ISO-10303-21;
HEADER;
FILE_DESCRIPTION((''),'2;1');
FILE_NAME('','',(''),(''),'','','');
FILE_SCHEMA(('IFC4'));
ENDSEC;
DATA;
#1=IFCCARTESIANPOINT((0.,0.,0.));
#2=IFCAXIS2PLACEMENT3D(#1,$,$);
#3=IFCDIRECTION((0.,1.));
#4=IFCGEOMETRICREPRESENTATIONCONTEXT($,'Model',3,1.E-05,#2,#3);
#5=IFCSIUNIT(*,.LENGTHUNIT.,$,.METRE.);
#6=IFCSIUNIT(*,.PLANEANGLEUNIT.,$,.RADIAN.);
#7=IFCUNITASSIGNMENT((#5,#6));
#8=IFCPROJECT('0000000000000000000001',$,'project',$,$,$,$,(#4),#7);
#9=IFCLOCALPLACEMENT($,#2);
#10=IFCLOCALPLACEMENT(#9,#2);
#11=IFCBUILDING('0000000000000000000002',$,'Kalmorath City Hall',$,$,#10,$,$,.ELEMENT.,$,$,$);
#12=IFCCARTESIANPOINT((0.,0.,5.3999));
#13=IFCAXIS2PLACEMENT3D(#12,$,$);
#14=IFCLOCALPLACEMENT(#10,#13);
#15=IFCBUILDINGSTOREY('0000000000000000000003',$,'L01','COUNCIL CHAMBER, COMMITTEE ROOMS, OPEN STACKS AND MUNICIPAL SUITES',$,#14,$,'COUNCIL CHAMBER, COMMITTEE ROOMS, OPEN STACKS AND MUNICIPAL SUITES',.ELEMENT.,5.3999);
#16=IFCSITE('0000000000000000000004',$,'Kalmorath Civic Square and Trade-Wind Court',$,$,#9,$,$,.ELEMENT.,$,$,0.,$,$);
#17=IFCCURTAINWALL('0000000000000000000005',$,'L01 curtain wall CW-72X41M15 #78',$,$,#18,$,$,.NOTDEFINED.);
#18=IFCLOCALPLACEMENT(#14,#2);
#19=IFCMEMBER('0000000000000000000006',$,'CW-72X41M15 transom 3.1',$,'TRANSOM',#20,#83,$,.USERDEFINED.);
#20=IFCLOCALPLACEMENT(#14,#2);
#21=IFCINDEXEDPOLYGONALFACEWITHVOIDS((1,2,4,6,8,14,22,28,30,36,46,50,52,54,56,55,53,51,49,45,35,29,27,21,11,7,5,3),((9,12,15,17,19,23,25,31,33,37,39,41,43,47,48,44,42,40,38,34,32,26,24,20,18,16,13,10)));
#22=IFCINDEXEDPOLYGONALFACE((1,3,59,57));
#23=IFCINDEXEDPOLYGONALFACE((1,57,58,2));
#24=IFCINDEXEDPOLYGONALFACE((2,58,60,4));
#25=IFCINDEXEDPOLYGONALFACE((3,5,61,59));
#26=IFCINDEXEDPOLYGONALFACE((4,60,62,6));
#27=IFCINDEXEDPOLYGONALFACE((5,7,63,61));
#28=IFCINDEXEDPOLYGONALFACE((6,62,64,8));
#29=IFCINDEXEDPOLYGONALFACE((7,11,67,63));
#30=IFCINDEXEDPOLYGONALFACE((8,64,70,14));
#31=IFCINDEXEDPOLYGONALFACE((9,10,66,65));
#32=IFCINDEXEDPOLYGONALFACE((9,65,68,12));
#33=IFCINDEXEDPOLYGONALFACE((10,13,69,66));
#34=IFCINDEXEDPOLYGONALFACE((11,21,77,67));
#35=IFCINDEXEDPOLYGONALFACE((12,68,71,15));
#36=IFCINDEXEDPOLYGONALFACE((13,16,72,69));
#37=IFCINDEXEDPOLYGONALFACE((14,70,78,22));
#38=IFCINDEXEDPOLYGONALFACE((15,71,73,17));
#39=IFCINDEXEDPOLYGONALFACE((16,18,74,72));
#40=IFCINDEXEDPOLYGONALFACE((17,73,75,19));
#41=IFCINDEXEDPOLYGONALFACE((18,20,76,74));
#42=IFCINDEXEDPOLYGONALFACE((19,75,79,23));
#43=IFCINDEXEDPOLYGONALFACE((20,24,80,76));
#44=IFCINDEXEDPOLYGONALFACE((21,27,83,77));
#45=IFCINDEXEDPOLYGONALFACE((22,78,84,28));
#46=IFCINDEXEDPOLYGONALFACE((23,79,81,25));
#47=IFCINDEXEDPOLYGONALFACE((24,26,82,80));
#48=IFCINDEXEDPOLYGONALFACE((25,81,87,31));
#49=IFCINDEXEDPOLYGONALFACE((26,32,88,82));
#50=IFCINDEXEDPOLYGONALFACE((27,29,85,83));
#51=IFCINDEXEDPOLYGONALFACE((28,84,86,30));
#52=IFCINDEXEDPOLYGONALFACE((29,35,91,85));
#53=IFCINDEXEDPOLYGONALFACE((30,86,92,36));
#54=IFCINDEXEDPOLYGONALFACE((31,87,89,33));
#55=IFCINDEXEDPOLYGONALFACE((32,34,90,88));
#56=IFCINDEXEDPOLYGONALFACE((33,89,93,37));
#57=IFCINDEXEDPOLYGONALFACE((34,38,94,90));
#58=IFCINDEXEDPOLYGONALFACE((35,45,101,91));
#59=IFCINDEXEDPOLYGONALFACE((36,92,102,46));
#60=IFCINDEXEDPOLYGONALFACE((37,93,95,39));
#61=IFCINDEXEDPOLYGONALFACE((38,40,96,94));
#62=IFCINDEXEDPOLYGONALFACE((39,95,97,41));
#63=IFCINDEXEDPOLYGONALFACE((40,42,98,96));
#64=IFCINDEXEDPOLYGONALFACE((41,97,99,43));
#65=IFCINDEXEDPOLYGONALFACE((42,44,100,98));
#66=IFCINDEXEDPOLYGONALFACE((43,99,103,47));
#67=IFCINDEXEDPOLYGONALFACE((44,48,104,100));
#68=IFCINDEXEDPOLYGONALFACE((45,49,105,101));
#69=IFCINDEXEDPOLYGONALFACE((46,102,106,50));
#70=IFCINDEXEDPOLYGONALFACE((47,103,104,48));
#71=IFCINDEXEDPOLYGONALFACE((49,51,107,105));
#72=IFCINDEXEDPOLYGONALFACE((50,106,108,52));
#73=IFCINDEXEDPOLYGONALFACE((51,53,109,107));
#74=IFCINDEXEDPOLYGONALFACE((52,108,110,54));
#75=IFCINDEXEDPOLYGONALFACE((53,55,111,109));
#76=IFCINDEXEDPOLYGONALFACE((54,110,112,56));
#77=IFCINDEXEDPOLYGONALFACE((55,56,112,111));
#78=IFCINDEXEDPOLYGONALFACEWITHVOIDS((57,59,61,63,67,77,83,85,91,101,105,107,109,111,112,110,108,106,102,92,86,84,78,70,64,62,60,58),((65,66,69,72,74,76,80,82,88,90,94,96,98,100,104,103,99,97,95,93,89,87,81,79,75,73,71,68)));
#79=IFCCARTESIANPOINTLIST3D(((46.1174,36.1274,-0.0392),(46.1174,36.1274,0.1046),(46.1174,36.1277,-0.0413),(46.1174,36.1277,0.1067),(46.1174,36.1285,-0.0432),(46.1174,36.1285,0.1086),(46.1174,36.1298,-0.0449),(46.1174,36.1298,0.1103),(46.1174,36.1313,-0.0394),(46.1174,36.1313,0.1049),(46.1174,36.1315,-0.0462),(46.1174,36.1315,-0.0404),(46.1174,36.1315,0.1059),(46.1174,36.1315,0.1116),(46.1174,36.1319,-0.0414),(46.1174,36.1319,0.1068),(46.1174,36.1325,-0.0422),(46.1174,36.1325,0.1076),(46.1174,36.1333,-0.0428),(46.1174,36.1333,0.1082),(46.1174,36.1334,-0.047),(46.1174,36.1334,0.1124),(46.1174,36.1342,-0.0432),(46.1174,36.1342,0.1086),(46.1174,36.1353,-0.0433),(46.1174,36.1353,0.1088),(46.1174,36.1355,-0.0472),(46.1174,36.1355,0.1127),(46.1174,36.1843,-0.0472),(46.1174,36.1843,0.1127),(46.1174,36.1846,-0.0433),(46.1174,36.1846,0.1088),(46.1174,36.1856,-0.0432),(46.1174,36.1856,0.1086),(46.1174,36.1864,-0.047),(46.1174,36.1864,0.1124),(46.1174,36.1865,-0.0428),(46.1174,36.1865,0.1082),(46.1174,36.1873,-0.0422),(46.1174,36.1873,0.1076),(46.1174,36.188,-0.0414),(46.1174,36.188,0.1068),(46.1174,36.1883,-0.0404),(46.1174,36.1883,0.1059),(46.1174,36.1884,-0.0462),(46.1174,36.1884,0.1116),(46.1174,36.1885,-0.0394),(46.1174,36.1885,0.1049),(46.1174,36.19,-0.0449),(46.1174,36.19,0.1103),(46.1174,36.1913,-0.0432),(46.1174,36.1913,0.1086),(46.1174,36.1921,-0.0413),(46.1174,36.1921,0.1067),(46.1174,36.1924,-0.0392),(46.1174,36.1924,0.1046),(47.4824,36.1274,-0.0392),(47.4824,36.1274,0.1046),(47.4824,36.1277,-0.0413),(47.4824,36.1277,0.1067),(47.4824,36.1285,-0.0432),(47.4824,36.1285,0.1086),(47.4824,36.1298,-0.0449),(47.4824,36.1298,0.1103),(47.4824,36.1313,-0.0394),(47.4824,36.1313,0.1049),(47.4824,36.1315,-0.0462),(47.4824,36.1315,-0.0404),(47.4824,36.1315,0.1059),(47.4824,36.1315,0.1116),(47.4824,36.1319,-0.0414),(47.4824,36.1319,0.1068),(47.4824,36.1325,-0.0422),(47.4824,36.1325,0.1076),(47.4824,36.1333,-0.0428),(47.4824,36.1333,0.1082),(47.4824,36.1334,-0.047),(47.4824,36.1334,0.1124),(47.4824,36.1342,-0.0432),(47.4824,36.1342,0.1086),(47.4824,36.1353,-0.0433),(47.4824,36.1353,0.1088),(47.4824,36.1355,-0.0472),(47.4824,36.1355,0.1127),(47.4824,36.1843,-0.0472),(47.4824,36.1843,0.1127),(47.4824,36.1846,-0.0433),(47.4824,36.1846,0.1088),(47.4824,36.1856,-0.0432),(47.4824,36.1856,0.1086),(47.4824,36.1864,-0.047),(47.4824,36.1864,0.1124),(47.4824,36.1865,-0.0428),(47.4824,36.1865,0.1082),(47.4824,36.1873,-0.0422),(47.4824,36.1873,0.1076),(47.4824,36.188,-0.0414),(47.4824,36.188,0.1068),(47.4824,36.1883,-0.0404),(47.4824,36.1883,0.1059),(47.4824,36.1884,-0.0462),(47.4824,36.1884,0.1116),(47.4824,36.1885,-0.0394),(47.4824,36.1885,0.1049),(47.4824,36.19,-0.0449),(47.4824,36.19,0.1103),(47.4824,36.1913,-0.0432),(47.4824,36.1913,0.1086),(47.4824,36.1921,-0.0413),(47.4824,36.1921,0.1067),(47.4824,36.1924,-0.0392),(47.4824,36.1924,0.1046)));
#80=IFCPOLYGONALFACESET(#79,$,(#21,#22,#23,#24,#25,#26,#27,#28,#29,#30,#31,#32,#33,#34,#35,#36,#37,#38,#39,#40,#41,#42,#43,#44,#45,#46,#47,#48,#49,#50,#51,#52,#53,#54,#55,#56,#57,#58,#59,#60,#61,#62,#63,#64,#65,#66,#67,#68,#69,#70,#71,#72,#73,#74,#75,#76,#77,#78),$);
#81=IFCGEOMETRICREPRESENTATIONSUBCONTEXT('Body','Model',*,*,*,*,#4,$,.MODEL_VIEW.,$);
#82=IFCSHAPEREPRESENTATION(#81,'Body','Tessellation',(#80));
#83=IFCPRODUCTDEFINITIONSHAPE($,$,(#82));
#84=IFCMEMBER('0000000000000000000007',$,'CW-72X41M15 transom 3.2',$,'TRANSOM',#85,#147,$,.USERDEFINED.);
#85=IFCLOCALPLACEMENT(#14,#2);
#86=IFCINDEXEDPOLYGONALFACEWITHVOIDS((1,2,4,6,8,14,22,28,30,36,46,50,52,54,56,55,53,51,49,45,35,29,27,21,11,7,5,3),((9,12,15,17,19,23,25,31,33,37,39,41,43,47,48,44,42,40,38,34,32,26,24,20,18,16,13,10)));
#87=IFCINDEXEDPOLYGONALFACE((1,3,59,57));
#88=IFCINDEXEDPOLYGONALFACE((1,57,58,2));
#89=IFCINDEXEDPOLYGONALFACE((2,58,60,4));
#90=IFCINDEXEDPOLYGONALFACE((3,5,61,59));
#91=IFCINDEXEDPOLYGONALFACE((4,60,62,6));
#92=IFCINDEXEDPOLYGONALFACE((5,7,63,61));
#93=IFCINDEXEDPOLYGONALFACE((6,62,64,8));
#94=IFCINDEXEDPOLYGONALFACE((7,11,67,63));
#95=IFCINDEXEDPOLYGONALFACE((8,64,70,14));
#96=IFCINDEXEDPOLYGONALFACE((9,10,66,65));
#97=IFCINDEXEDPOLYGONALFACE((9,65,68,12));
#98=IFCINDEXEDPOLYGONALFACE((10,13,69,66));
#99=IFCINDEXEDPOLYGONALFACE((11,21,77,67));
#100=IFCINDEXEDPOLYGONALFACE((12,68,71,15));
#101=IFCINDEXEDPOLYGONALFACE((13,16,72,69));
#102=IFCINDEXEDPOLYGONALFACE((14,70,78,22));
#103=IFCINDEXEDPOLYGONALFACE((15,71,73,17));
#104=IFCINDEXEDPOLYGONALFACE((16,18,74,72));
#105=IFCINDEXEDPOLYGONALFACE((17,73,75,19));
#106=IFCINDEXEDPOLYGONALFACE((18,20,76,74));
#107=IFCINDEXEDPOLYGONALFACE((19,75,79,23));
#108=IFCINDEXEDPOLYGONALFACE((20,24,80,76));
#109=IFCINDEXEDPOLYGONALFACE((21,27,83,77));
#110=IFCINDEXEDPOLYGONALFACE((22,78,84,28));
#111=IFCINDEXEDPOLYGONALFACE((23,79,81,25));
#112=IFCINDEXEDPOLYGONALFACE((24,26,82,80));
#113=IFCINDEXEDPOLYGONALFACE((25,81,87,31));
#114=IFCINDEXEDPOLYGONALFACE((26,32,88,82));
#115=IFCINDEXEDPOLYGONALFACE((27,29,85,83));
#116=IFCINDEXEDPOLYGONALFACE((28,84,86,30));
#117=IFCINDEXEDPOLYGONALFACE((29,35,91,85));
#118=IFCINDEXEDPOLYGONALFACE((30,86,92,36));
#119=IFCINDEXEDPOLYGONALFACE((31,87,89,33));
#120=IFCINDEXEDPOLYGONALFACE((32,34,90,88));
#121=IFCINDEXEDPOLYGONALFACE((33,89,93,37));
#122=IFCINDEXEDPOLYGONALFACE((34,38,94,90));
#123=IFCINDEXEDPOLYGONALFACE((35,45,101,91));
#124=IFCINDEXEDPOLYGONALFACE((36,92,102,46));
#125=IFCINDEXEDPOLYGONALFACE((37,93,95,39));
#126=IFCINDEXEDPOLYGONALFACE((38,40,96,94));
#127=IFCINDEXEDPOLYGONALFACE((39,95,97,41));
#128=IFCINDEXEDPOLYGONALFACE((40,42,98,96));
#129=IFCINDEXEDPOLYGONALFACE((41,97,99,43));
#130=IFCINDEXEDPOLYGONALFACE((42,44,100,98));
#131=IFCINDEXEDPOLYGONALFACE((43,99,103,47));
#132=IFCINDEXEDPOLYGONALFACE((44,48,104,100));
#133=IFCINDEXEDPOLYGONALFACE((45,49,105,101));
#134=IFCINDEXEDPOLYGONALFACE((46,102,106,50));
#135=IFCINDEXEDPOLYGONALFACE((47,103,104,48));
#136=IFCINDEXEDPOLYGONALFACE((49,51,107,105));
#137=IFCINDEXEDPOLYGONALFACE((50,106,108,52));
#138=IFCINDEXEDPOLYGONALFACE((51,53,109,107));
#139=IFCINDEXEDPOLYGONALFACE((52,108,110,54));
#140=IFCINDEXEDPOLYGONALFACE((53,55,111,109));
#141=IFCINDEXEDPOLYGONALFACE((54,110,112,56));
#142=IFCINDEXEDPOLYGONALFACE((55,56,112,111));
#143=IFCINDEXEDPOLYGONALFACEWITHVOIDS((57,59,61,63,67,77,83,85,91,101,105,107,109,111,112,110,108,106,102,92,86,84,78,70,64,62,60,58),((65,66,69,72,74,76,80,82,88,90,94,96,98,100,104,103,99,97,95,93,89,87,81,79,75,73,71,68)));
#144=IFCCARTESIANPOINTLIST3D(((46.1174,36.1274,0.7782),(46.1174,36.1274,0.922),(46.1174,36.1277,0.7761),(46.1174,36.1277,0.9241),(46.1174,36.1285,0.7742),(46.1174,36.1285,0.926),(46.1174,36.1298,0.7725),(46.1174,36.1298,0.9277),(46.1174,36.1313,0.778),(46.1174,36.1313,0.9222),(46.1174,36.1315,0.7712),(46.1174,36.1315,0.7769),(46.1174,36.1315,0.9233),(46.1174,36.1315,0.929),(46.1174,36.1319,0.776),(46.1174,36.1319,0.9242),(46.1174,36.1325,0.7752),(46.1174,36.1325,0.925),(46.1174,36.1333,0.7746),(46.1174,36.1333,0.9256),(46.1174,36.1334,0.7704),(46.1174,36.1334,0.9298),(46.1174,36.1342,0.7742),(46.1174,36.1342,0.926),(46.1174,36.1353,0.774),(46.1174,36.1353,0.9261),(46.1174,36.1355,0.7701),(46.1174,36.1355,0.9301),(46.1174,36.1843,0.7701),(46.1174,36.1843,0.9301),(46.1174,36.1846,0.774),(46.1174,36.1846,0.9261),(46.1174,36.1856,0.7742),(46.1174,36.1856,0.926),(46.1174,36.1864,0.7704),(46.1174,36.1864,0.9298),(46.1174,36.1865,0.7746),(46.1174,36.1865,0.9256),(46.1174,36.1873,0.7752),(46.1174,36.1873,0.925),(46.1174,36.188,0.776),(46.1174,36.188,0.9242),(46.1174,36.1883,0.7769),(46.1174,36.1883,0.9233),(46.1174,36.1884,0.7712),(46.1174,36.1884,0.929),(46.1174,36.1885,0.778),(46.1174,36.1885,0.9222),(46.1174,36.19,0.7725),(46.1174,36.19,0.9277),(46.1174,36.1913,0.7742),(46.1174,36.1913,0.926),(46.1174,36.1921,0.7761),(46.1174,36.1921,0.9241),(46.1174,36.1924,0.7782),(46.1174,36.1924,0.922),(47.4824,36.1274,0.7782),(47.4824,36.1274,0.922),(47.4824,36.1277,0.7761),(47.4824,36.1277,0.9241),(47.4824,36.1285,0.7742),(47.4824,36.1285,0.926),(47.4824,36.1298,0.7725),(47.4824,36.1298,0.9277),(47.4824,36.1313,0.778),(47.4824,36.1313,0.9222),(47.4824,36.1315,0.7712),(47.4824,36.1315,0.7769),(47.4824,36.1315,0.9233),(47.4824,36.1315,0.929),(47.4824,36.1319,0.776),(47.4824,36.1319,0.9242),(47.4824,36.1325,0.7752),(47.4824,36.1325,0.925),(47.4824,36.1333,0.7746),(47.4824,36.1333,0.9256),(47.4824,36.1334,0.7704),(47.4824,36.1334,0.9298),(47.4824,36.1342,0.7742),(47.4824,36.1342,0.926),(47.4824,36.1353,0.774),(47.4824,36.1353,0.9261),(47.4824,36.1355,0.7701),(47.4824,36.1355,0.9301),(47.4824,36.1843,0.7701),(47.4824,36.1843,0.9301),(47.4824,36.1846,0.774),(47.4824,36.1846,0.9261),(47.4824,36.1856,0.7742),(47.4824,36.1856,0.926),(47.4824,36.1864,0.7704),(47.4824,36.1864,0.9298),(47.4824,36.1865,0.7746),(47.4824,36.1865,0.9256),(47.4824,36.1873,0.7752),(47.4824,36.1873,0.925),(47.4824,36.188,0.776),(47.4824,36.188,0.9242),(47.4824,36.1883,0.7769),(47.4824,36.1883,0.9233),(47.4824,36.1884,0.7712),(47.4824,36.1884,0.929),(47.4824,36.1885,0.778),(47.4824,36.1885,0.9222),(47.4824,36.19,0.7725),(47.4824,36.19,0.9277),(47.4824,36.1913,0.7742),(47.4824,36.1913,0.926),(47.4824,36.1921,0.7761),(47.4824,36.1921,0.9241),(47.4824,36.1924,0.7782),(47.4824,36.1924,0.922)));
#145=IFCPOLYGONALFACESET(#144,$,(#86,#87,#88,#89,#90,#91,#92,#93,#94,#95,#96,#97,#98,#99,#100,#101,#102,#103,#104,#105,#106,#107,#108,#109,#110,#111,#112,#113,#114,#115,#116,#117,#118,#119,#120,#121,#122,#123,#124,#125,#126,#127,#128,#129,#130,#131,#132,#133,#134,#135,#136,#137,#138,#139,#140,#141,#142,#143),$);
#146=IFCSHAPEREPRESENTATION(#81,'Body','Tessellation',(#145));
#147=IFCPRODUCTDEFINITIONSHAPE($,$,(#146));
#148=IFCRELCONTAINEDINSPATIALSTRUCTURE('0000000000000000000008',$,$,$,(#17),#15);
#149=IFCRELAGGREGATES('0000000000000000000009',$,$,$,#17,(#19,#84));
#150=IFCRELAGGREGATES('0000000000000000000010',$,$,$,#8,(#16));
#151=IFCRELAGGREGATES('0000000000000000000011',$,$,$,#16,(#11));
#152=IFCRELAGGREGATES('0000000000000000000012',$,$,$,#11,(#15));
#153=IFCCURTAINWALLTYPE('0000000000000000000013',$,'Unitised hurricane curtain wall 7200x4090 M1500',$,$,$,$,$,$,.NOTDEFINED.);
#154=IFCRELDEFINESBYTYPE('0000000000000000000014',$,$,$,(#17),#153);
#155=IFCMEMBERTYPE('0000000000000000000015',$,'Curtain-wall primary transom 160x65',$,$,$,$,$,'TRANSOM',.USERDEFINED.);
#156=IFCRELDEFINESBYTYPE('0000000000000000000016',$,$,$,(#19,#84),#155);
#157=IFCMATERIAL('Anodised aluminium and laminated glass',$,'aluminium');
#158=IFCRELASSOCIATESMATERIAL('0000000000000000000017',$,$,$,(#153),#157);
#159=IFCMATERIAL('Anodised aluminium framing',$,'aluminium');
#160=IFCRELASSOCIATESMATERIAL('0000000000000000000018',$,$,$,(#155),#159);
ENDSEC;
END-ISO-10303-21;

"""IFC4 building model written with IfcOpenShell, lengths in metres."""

from ifc_helpers import new_model, si_unit, direction, frame, origin, origin_2d, place, context, subcontext, project, spatial, hollow_rectangle, extrude, material, material_profile, profile_set, type_object, element, aggregate, save


model = new_model("IFC4")

# Units and contexts
model_context = context("Model", 3, precision=1e-05, world=origin(), true_north=direction((0.0, 1.0)))
body_context = subcontext(model_context, "Body", "Model", "MODEL_VIEW")
ifc_project = project(units=[si_unit("LENGTHUNIT", "METRE"), si_unit("PLANEANGLEUNIT", "RADIAN")], contexts=[model_context])

# Site, building, storey
site_placement = place(None, origin())
site = spatial("IfcSite", under=ifc_project, at=site_placement, Name="Kalmorath Civic Square and Trade-Wind Court", CompositionType="ELEMENT", RefElevation=0.0)
building_placement = place(site_placement, origin())
building = spatial("IfcBuilding", under=site, at=building_placement, Name="Kalmorath City Hall", CompositionType="ELEMENT")
storey_placement = place(building_placement, frame((0.0, 0.0, 5.3999)))
storey = spatial("IfcBuildingStorey", under=building, at=storey_placement, Name="L01", Description="COUNCIL CHAMBER, COMMITTEE ROOMS, OPEN STACKS AND MUNICIPAL SUITES", LongName="COUNCIL CHAMBER, COMMITTEE ROOMS, OPEN STACKS AND MUNICIPAL SUITES", CompositionType="ELEMENT", Elevation=5.3999)

# Curtain wall, members
ifc_material_1 = material(Name="Anodised aluminium and laminated glass", Category="aluminium")
curtain_wall_type_1 = type_object("IfcCurtainWallType", Name="Unitised hurricane curtain wall 7200x4090 M1500", PredefinedType="NOTDEFINED", material=ifc_material_1)
curtain_wall_1_placement = place(storey_placement, origin())
curtain_wall_1 = element("IfcCurtainWall", 1, at=curtain_wall_1_placement, inside=storey, type_object=curtain_wall_type_1, Name="L01 curtain wall CW-72X41M15 #78", PredefinedType="NOTDEFINED")
ifc_material_2 = material(Name="Anodised aluminium framing", Category="aluminium")
ifc_material_profile_1 = material_profile(ifc_material_2, hollow_rectangle(XDim=0.0649, YDim=0.1599, WallThickness=0.0039, InnerFilletRadius=0.0039, OuterFilletRadius=0.0081, at=origin_2d()), Name="ALU-TRN-160X65X4")
ifc_profile_set_1 = profile_set([ifc_material_profile_1], Name="Anodised aluminium framing")
member_type_1 = type_object("IfcMemberType", Name="Curtain-wall primary transom 160x65", ElementType="TRANSOM", PredefinedType="USERDEFINED", material=ifc_profile_set_1)
member_1_placement = place(storey_placement, frame((47.4824, 36.1599, 0.0327), z_axis=(-1.0, 0.0, 0.0), x_axis=(0.0, -1.0, 0.0)))
member_1 = element("IfcMember", 2, at=member_1_placement, type_object=member_type_1, Name="CW-72X41M15 transom 3.1", ObjectType="TRANSOM", PredefinedType="USERDEFINED", context=body_context, shape_type="SweptSolid", body=[
    extrude(hollow_rectangle(XDim=0.0649, YDim=0.1599, WallThickness=0.0039, InnerFilletRadius=0.0039, OuterFilletRadius=0.0081, at=origin_2d()), origin(), (0.0, 0.0, 1.0), 1.365),
])
member_2_placement = place(storey_placement, frame((47.4824, 36.1599, 0.8501), z_axis=(-1.0, 0.0, 0.0), x_axis=(0.0, -1.0, 0.0)))
member_2 = element("IfcMember", 3, at=member_2_placement, type_object=member_type_1, Name="CW-72X41M15 transom 3.2", ObjectType="TRANSOM", PredefinedType="USERDEFINED", context=body_context, shape_type="SweptSolid", body=[
    extrude(hollow_rectangle(XDim=0.0649, YDim=0.1599, WallThickness=0.0039, InnerFilletRadius=0.0039, OuterFilletRadius=0.0081, at=origin_2d()), origin(), (0.0, 0.0, 1.0), 1.365),
])

aggregate(curtain_wall_1, [member_1, member_2])

save(model, "model.ifc")
